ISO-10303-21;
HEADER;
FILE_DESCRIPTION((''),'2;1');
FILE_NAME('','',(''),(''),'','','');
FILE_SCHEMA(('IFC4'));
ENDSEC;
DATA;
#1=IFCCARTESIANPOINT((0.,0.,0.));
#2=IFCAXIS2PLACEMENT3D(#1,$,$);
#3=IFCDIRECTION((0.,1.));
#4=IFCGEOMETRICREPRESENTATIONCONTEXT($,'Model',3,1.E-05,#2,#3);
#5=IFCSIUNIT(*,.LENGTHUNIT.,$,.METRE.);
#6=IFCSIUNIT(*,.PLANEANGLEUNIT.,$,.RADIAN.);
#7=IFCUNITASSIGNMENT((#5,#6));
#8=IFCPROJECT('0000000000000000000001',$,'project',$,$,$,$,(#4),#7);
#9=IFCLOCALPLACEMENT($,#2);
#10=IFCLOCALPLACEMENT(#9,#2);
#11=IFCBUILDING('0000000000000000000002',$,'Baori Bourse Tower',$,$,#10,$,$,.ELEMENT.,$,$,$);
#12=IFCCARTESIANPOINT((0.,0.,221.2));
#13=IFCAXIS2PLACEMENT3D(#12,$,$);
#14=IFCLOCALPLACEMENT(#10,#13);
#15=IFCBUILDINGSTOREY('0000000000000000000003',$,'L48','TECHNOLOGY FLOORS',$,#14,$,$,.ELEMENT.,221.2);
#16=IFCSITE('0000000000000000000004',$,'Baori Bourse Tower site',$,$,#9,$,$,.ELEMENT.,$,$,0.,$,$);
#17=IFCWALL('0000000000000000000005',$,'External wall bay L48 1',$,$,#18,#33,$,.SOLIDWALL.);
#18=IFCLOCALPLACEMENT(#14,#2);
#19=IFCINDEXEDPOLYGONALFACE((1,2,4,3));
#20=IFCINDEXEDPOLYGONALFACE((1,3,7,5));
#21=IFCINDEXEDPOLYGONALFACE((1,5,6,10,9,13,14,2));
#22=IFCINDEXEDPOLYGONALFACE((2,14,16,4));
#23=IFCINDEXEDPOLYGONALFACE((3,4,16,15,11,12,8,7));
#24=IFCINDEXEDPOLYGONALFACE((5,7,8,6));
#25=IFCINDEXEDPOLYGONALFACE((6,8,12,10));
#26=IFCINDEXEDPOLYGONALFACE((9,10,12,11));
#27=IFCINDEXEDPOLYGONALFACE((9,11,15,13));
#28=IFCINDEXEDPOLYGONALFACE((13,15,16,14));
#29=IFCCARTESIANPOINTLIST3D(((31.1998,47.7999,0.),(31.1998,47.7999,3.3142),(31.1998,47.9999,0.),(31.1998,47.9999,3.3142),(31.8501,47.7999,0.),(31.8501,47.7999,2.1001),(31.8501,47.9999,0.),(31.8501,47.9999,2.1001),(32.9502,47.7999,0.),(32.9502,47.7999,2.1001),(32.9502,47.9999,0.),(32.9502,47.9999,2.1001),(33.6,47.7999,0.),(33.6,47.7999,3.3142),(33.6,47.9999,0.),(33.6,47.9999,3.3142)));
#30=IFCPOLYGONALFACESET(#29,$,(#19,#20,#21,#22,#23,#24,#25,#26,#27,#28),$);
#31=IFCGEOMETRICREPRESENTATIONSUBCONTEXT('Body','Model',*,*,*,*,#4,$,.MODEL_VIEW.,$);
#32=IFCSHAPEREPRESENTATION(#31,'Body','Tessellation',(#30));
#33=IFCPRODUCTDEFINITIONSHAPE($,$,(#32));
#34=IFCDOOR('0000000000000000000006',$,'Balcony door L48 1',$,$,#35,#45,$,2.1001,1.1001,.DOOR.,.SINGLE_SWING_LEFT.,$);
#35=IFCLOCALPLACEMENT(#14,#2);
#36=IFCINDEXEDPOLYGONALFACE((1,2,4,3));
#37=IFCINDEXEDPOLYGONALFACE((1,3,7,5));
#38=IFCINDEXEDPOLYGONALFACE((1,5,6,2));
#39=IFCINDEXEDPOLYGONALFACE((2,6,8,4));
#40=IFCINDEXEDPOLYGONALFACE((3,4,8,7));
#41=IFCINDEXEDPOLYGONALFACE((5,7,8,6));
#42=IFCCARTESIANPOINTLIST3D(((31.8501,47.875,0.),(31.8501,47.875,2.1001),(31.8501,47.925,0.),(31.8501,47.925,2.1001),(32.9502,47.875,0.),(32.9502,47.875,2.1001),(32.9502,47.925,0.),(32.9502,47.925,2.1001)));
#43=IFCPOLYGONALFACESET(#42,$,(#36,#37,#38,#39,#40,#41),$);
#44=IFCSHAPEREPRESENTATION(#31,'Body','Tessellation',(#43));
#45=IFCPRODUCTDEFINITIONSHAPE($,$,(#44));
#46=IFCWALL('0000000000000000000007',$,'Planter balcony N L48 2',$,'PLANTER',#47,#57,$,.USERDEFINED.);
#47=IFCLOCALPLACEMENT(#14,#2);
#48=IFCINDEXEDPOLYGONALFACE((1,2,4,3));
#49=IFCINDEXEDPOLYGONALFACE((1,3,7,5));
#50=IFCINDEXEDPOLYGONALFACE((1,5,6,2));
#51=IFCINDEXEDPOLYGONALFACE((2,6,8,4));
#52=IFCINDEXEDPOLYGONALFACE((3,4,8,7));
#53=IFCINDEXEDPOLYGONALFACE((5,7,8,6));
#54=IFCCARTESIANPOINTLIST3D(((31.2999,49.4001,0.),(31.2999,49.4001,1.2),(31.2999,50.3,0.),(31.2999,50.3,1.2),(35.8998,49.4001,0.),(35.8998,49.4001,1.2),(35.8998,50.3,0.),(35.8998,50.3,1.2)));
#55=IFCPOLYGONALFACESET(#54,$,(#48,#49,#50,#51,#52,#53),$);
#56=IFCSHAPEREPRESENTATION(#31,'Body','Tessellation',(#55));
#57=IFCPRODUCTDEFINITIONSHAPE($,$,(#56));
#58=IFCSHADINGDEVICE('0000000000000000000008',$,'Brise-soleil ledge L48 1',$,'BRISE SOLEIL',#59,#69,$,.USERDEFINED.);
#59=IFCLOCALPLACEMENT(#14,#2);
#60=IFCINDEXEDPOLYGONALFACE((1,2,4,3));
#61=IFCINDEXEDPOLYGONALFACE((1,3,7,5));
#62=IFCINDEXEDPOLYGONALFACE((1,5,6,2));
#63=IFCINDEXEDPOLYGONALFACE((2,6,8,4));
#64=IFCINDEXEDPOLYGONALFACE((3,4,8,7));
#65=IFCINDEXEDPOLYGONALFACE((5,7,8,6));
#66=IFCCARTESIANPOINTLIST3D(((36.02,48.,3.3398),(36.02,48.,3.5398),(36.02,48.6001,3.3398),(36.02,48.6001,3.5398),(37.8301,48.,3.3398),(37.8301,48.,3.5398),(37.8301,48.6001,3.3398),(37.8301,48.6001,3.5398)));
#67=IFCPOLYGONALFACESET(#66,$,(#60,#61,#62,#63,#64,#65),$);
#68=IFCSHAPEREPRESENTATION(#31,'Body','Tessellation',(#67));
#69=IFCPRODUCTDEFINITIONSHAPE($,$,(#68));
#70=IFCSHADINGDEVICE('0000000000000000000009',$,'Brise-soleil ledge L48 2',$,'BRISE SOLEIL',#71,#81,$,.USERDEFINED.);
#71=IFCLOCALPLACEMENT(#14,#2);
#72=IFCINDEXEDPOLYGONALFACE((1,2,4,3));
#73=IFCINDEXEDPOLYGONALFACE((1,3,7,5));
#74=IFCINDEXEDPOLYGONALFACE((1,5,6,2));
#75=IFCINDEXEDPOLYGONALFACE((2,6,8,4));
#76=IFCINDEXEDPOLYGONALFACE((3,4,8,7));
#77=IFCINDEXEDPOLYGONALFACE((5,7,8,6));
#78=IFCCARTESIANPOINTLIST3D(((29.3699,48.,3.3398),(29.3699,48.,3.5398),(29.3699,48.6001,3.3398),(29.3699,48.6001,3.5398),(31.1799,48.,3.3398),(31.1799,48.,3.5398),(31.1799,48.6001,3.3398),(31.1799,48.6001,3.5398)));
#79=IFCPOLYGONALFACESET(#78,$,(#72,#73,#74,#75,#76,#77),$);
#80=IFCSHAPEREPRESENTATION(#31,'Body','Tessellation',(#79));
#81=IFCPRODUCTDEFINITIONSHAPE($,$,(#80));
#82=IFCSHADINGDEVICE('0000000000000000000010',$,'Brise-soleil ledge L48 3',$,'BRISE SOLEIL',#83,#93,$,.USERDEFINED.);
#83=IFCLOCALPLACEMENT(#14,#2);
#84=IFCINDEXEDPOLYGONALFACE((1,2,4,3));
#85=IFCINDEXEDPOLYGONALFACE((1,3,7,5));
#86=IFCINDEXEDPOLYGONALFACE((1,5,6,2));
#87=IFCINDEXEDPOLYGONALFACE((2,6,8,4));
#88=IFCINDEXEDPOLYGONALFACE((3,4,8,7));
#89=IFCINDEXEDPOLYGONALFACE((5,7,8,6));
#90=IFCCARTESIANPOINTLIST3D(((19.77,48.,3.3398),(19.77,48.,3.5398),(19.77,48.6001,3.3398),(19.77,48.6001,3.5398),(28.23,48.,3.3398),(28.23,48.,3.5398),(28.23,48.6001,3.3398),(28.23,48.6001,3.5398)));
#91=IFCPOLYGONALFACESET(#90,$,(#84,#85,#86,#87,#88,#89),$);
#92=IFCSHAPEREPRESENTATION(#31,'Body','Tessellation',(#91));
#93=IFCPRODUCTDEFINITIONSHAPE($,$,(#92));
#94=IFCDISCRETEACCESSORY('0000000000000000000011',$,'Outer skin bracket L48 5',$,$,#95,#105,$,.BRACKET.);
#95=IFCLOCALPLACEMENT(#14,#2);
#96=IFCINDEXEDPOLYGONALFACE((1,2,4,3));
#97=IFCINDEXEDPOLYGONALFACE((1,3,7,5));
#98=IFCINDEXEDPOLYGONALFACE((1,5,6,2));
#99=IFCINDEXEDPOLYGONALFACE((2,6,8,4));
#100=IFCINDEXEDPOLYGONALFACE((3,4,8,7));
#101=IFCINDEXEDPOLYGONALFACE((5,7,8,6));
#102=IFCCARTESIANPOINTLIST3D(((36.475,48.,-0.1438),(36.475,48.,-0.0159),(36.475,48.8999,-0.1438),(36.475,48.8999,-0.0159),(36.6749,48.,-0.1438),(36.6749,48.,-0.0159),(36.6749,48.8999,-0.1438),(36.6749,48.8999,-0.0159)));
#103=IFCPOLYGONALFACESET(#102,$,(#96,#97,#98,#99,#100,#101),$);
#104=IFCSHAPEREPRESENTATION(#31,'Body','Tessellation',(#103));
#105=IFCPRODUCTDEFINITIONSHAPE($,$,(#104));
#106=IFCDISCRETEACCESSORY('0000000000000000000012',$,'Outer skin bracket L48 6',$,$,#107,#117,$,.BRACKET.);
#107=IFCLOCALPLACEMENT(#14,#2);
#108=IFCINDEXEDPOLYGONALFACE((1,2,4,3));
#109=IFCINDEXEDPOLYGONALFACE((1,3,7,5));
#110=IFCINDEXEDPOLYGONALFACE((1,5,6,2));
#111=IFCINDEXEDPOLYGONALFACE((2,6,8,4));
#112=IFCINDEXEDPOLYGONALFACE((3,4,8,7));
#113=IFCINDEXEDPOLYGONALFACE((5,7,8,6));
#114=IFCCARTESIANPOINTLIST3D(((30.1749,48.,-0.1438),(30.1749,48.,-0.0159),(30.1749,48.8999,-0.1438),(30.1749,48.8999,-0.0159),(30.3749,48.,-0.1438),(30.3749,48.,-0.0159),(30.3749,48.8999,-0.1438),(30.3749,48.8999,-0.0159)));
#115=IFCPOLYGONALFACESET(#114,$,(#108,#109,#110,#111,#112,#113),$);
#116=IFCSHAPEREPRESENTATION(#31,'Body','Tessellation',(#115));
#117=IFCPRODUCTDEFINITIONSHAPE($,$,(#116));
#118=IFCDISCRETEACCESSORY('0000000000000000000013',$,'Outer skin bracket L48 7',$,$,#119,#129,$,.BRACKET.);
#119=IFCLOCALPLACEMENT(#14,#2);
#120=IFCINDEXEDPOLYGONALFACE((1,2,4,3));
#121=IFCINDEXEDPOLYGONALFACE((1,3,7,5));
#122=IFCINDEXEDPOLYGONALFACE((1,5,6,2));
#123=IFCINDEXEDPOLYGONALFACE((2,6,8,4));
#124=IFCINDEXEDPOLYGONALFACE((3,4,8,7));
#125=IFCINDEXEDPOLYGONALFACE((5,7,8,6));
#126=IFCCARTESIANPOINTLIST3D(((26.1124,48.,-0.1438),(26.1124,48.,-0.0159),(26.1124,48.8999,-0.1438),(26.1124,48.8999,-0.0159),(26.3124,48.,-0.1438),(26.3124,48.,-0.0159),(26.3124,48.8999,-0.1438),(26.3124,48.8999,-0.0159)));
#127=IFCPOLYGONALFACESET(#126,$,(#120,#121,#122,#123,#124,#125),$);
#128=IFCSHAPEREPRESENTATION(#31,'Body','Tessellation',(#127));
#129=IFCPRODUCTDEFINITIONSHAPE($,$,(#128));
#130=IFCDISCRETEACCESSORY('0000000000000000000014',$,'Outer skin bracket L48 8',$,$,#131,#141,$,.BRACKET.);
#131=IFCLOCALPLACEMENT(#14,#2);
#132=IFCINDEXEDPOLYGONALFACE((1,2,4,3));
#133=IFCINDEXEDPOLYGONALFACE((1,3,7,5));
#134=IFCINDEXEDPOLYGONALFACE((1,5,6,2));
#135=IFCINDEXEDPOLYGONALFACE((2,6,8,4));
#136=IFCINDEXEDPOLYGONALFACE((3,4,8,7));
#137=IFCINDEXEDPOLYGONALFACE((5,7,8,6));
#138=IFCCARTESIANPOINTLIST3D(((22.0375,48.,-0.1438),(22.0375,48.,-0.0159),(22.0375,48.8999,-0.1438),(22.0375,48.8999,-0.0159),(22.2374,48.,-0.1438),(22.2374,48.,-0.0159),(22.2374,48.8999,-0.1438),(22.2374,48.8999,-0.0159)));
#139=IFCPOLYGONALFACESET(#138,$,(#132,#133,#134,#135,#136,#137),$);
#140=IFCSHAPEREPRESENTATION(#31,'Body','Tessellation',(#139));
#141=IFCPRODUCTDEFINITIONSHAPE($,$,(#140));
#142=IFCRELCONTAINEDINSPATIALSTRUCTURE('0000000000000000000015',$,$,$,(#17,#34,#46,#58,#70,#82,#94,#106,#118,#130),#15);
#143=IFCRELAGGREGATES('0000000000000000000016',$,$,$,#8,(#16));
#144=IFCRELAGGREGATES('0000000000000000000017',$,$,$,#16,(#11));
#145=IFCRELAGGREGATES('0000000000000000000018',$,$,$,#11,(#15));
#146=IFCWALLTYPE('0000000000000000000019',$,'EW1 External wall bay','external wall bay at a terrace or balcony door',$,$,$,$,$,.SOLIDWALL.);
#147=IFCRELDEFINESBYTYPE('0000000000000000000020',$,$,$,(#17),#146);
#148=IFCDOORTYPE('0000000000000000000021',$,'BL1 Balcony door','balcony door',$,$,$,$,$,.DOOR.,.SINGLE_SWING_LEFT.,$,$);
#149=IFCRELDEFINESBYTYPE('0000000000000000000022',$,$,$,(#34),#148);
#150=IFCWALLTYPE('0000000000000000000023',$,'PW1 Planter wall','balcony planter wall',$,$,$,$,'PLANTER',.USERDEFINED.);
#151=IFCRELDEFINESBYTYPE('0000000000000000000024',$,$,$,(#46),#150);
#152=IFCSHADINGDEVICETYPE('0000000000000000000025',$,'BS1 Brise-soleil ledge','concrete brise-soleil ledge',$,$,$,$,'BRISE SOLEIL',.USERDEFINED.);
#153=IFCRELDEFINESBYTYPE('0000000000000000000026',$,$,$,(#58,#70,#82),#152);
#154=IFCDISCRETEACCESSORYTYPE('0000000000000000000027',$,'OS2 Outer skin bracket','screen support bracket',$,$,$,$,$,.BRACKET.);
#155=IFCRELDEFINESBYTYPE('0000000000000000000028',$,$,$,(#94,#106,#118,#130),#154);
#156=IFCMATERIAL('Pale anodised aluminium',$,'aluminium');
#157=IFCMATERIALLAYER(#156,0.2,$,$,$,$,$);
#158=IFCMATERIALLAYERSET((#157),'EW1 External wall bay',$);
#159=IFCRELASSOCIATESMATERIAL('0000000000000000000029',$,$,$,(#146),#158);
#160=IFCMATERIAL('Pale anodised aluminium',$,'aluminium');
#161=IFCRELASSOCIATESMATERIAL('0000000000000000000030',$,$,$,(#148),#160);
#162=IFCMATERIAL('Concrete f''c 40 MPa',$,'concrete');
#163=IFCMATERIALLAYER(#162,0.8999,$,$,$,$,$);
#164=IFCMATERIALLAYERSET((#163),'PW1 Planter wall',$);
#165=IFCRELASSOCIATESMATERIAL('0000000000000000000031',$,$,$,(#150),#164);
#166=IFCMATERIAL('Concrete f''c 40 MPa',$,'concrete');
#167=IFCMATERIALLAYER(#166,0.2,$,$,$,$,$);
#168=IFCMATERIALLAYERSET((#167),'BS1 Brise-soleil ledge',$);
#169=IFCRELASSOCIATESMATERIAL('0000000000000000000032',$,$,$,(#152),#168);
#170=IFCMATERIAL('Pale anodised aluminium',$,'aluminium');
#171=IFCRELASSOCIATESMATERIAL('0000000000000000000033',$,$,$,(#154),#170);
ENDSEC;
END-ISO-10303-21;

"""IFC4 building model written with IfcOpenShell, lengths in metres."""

from ifc_helpers import new_model, si_unit, direction, frame, frame_2d, origin, origin_2d, place, context, subcontext, project, spatial, rectangle, extrude, material, layer, layer_set, type_object, element, fill, save


model = new_model("IFC4")

# Units and contexts
model_context = context("Model", 3, precision=1e-05, world=origin(), true_north=direction((0.0, 1.0)))
body_context = subcontext(model_context, "Body", "Model", "MODEL_VIEW")
ifc_project = project(units=[si_unit("LENGTHUNIT", "METRE"), si_unit("PLANEANGLEUNIT", "RADIAN")], contexts=[model_context])

# Site, building, storey
site_placement = place(None, origin())
site = spatial("IfcSite", under=ifc_project, at=site_placement, Name="Baori Bourse Tower site", CompositionType="ELEMENT", RefElevation=0.0)
building_placement = place(site_placement, origin())
building = spatial("IfcBuilding", under=site, at=building_placement, Name="Baori Bourse Tower", CompositionType="ELEMENT")
storey_placement = place(building_placement, frame((0.0, 0.0, 221.2)))
storey = spatial("IfcBuildingStorey", under=building, at=storey_placement, Name="L48", Description="TECHNOLOGY FLOORS", CompositionType="ELEMENT", Elevation=221.2)

# Wall, opening, door
ifc_material_1 = material(Name="Pale anodised aluminium", Category="aluminium")
ifc_layer_1 = layer(ifc_material_1, 0.2)
ifc_layer_set_1 = layer_set([ifc_layer_1], Name="EW1 External wall bay")
wall_type_1 = type_object("IfcWallType", Name="EW1 External wall bay", Description="external wall bay at a terrace or balcony door", PredefinedType="SOLIDWALL", material=ifc_layer_set_1)
wall_1_placement = place(storey_placement, frame((33.6001, 47.8999, 0.0), z_axis=(0.0, 0.0, 1.0), x_axis=(-1.0, 0.0, 0.0)))
wall_1 = element("IfcWall", 1, at=wall_1_placement, inside=storey, type_object=wall_type_1, Name="External wall bay L48 1", PredefinedType="SOLIDWALL", context=body_context, shape_type="SweptSolid", body=[
    extrude(rectangle(XDim=2.4001, YDim=0.2, at=frame_2d((1.2002, 0.0))), origin(), (0.0, 0.0, 1.0), 3.3142),
])
opening_placement = place(wall_1_placement, frame((0.6499, 0.0, 0.0)))
opening = element("IfcOpeningElement", 2, at=opening_placement, cuts=wall_1, PredefinedType="OPENING", context=body_context, shape_type="SweptSolid", body=[
    extrude(rectangle(XDim=1.1001, YDim=2.1001, at=frame_2d((0.55, 1.05))), frame((0.0, 0.1099, 0.0), z_axis=(0.0, -1.0, 0.0), x_axis=(1.0, 0.0, 0.0)), (0.0, 0.0, 1.0), 0.22),
])
ifc_material_2 = material(Name="Pale anodised aluminium", Category="aluminium")
door_type = type_object("IfcDoorType", Name="BL1 Balcony door", Description="balcony door", OperationType="SINGLE_SWING_LEFT", PredefinedType="DOOR", material=ifc_material_2)
door_placement = place(opening_placement, origin())
door = element("IfcDoor", 3, at=door_placement, inside=storey, type_object=door_type, Name="Balcony door L48 1", OperationType="SINGLE_SWING_LEFT", OverallHeight=2.1001, OverallWidth=1.1001, PredefinedType="DOOR", context=body_context, shape_type="SweptSolid", body=[
    extrude(rectangle(XDim=1.1001, YDim=2.1001, at=frame_2d((0.55, 1.05))), frame((0.0, 0.0249, 0.0), z_axis=(0.0, -1.0, 0.0), x_axis=(1.0, 0.0, 0.0)), (0.0, 0.0, 1.0), 0.05),
])
fill(opening, door)

# Wall
ifc_material_3 = material(Name="Concrete f'c 40 MPa", Category="concrete")
ifc_layer_2 = layer(ifc_material_3, 0.8999)
ifc_layer_set_2 = layer_set([ifc_layer_2], Name="PW1 Planter wall")
wall_type_2 = type_object("IfcWallType", Name="PW1 Planter wall", Description="balcony planter wall", ElementType="PLANTER", PredefinedType="USERDEFINED", material=ifc_layer_set_2)
wall_2_placement = place(storey_placement, frame((31.3, 49.8501, 0.0), z_axis=(0.0, 0.0, 1.0), x_axis=(1.0, 0.0, 0.0)))
element("IfcWall", 4, at=wall_2_placement, inside=storey, type_object=wall_type_2, Name="Planter balcony N L48 2", ObjectType="PLANTER", PredefinedType="USERDEFINED", context=body_context, shape_type="SweptSolid", body=[
    extrude(rectangle(XDim=4.5999, YDim=0.8999, at=frame_2d((2.2998, 0.0))), origin(), (0.0, 0.0, 1.0), 1.2),
])

# Shading devices
ifc_material_4 = material(Name="Concrete f'c 40 MPa", Category="concrete")
ifc_layer_3 = layer(ifc_material_4, 0.2)
ifc_layer_set_3 = layer_set([ifc_layer_3], Name="BS1 Brise-soleil ledge")
shading_device_type = type_object("IfcShadingDeviceType", Name="BS1 Brise-soleil ledge", Description="concrete brise-soleil ledge", ElementType="BRISE SOLEIL", PredefinedType="USERDEFINED", material=ifc_layer_set_3)
for number, where, z_axis, x_axis, name in (
    (5, (36.925, 48.3, 3.3398), (0.0, 0.0, 1.0), (-1.0, 0.0, 0.0), "Brise-soleil ledge L48 1"),
    (6, (30.2749, 48.3, 3.3398), (0.0, 0.0, 1.0), (-1.0, 0.0, 0.0), "Brise-soleil ledge L48 2"),
):
    element("IfcShadingDevice", number, at=place(storey_placement, frame(where, z_axis=z_axis, x_axis=x_axis)), inside=storey, type_object=shading_device_type, Name=name, ObjectType="BRISE SOLEIL", PredefinedType="USERDEFINED", context=body_context, shape_type="SweptSolid", body=[
        extrude(rectangle(XDim=1.8101, YDim=0.6001, at=origin_2d()), origin(), (0.0, 0.0, 1.0), 0.2),
    ])
shading_device_placement = place(storey_placement, frame((24.0, 48.3, 3.3398), z_axis=(0.0, 0.0, 1.0), x_axis=(-1.0, 0.0, 0.0)))
element("IfcShadingDevice", 7, at=shading_device_placement, inside=storey, type_object=shading_device_type, Name="Brise-soleil ledge L48 3", ObjectType="BRISE SOLEIL", PredefinedType="USERDEFINED", context=body_context, shape_type="SweptSolid", body=[
    extrude(rectangle(XDim=8.46, YDim=0.6001, at=origin_2d()), origin(), (0.0, 0.0, 1.0), 0.2),
])

# Discrete accessories
ifc_material_5 = material(Name="Pale anodised aluminium", Category="aluminium")
discrete_accessory_type = type_object("IfcDiscreteAccessoryType", Name="OS2 Outer skin bracket", Description="screen support bracket", PredefinedType="BRACKET", material=ifc_material_5)
for number, where, z_axis, x_axis, name in (
    (8, (36.575, 48.45, -0.1438), (0.0, 0.0, 1.0), (-1.0, 0.0, 0.0), "Outer skin bracket L48 5"),
    (9, (30.2749, 48.45, -0.1438), (0.0, 0.0, 1.0), (-1.0, 0.0, 0.0), "Outer skin bracket L48 6"),
    (10, (26.2124, 48.45, -0.1438), (0.0, 0.0, 1.0), (-1.0, 0.0, 0.0), "Outer skin bracket L48 7"),
    (11, (22.1375, 48.45, -0.1438), (0.0, 0.0, 1.0), (-1.0, 0.0, 0.0), "Outer skin bracket L48 8"),
):
    element("IfcDiscreteAccessory", number, at=place(storey_placement, frame(where, z_axis=z_axis, x_axis=x_axis)), inside=storey, type_object=discrete_accessory_type, Name=name, PredefinedType="BRACKET", context=body_context, shape_type="SweptSolid", body=[
        extrude(rectangle(XDim=0.2, YDim=0.8999, at=origin_2d()), origin(), (0.0, 0.0, 1.0), 0.1279),
    ])

save(model, "model.ifc")
